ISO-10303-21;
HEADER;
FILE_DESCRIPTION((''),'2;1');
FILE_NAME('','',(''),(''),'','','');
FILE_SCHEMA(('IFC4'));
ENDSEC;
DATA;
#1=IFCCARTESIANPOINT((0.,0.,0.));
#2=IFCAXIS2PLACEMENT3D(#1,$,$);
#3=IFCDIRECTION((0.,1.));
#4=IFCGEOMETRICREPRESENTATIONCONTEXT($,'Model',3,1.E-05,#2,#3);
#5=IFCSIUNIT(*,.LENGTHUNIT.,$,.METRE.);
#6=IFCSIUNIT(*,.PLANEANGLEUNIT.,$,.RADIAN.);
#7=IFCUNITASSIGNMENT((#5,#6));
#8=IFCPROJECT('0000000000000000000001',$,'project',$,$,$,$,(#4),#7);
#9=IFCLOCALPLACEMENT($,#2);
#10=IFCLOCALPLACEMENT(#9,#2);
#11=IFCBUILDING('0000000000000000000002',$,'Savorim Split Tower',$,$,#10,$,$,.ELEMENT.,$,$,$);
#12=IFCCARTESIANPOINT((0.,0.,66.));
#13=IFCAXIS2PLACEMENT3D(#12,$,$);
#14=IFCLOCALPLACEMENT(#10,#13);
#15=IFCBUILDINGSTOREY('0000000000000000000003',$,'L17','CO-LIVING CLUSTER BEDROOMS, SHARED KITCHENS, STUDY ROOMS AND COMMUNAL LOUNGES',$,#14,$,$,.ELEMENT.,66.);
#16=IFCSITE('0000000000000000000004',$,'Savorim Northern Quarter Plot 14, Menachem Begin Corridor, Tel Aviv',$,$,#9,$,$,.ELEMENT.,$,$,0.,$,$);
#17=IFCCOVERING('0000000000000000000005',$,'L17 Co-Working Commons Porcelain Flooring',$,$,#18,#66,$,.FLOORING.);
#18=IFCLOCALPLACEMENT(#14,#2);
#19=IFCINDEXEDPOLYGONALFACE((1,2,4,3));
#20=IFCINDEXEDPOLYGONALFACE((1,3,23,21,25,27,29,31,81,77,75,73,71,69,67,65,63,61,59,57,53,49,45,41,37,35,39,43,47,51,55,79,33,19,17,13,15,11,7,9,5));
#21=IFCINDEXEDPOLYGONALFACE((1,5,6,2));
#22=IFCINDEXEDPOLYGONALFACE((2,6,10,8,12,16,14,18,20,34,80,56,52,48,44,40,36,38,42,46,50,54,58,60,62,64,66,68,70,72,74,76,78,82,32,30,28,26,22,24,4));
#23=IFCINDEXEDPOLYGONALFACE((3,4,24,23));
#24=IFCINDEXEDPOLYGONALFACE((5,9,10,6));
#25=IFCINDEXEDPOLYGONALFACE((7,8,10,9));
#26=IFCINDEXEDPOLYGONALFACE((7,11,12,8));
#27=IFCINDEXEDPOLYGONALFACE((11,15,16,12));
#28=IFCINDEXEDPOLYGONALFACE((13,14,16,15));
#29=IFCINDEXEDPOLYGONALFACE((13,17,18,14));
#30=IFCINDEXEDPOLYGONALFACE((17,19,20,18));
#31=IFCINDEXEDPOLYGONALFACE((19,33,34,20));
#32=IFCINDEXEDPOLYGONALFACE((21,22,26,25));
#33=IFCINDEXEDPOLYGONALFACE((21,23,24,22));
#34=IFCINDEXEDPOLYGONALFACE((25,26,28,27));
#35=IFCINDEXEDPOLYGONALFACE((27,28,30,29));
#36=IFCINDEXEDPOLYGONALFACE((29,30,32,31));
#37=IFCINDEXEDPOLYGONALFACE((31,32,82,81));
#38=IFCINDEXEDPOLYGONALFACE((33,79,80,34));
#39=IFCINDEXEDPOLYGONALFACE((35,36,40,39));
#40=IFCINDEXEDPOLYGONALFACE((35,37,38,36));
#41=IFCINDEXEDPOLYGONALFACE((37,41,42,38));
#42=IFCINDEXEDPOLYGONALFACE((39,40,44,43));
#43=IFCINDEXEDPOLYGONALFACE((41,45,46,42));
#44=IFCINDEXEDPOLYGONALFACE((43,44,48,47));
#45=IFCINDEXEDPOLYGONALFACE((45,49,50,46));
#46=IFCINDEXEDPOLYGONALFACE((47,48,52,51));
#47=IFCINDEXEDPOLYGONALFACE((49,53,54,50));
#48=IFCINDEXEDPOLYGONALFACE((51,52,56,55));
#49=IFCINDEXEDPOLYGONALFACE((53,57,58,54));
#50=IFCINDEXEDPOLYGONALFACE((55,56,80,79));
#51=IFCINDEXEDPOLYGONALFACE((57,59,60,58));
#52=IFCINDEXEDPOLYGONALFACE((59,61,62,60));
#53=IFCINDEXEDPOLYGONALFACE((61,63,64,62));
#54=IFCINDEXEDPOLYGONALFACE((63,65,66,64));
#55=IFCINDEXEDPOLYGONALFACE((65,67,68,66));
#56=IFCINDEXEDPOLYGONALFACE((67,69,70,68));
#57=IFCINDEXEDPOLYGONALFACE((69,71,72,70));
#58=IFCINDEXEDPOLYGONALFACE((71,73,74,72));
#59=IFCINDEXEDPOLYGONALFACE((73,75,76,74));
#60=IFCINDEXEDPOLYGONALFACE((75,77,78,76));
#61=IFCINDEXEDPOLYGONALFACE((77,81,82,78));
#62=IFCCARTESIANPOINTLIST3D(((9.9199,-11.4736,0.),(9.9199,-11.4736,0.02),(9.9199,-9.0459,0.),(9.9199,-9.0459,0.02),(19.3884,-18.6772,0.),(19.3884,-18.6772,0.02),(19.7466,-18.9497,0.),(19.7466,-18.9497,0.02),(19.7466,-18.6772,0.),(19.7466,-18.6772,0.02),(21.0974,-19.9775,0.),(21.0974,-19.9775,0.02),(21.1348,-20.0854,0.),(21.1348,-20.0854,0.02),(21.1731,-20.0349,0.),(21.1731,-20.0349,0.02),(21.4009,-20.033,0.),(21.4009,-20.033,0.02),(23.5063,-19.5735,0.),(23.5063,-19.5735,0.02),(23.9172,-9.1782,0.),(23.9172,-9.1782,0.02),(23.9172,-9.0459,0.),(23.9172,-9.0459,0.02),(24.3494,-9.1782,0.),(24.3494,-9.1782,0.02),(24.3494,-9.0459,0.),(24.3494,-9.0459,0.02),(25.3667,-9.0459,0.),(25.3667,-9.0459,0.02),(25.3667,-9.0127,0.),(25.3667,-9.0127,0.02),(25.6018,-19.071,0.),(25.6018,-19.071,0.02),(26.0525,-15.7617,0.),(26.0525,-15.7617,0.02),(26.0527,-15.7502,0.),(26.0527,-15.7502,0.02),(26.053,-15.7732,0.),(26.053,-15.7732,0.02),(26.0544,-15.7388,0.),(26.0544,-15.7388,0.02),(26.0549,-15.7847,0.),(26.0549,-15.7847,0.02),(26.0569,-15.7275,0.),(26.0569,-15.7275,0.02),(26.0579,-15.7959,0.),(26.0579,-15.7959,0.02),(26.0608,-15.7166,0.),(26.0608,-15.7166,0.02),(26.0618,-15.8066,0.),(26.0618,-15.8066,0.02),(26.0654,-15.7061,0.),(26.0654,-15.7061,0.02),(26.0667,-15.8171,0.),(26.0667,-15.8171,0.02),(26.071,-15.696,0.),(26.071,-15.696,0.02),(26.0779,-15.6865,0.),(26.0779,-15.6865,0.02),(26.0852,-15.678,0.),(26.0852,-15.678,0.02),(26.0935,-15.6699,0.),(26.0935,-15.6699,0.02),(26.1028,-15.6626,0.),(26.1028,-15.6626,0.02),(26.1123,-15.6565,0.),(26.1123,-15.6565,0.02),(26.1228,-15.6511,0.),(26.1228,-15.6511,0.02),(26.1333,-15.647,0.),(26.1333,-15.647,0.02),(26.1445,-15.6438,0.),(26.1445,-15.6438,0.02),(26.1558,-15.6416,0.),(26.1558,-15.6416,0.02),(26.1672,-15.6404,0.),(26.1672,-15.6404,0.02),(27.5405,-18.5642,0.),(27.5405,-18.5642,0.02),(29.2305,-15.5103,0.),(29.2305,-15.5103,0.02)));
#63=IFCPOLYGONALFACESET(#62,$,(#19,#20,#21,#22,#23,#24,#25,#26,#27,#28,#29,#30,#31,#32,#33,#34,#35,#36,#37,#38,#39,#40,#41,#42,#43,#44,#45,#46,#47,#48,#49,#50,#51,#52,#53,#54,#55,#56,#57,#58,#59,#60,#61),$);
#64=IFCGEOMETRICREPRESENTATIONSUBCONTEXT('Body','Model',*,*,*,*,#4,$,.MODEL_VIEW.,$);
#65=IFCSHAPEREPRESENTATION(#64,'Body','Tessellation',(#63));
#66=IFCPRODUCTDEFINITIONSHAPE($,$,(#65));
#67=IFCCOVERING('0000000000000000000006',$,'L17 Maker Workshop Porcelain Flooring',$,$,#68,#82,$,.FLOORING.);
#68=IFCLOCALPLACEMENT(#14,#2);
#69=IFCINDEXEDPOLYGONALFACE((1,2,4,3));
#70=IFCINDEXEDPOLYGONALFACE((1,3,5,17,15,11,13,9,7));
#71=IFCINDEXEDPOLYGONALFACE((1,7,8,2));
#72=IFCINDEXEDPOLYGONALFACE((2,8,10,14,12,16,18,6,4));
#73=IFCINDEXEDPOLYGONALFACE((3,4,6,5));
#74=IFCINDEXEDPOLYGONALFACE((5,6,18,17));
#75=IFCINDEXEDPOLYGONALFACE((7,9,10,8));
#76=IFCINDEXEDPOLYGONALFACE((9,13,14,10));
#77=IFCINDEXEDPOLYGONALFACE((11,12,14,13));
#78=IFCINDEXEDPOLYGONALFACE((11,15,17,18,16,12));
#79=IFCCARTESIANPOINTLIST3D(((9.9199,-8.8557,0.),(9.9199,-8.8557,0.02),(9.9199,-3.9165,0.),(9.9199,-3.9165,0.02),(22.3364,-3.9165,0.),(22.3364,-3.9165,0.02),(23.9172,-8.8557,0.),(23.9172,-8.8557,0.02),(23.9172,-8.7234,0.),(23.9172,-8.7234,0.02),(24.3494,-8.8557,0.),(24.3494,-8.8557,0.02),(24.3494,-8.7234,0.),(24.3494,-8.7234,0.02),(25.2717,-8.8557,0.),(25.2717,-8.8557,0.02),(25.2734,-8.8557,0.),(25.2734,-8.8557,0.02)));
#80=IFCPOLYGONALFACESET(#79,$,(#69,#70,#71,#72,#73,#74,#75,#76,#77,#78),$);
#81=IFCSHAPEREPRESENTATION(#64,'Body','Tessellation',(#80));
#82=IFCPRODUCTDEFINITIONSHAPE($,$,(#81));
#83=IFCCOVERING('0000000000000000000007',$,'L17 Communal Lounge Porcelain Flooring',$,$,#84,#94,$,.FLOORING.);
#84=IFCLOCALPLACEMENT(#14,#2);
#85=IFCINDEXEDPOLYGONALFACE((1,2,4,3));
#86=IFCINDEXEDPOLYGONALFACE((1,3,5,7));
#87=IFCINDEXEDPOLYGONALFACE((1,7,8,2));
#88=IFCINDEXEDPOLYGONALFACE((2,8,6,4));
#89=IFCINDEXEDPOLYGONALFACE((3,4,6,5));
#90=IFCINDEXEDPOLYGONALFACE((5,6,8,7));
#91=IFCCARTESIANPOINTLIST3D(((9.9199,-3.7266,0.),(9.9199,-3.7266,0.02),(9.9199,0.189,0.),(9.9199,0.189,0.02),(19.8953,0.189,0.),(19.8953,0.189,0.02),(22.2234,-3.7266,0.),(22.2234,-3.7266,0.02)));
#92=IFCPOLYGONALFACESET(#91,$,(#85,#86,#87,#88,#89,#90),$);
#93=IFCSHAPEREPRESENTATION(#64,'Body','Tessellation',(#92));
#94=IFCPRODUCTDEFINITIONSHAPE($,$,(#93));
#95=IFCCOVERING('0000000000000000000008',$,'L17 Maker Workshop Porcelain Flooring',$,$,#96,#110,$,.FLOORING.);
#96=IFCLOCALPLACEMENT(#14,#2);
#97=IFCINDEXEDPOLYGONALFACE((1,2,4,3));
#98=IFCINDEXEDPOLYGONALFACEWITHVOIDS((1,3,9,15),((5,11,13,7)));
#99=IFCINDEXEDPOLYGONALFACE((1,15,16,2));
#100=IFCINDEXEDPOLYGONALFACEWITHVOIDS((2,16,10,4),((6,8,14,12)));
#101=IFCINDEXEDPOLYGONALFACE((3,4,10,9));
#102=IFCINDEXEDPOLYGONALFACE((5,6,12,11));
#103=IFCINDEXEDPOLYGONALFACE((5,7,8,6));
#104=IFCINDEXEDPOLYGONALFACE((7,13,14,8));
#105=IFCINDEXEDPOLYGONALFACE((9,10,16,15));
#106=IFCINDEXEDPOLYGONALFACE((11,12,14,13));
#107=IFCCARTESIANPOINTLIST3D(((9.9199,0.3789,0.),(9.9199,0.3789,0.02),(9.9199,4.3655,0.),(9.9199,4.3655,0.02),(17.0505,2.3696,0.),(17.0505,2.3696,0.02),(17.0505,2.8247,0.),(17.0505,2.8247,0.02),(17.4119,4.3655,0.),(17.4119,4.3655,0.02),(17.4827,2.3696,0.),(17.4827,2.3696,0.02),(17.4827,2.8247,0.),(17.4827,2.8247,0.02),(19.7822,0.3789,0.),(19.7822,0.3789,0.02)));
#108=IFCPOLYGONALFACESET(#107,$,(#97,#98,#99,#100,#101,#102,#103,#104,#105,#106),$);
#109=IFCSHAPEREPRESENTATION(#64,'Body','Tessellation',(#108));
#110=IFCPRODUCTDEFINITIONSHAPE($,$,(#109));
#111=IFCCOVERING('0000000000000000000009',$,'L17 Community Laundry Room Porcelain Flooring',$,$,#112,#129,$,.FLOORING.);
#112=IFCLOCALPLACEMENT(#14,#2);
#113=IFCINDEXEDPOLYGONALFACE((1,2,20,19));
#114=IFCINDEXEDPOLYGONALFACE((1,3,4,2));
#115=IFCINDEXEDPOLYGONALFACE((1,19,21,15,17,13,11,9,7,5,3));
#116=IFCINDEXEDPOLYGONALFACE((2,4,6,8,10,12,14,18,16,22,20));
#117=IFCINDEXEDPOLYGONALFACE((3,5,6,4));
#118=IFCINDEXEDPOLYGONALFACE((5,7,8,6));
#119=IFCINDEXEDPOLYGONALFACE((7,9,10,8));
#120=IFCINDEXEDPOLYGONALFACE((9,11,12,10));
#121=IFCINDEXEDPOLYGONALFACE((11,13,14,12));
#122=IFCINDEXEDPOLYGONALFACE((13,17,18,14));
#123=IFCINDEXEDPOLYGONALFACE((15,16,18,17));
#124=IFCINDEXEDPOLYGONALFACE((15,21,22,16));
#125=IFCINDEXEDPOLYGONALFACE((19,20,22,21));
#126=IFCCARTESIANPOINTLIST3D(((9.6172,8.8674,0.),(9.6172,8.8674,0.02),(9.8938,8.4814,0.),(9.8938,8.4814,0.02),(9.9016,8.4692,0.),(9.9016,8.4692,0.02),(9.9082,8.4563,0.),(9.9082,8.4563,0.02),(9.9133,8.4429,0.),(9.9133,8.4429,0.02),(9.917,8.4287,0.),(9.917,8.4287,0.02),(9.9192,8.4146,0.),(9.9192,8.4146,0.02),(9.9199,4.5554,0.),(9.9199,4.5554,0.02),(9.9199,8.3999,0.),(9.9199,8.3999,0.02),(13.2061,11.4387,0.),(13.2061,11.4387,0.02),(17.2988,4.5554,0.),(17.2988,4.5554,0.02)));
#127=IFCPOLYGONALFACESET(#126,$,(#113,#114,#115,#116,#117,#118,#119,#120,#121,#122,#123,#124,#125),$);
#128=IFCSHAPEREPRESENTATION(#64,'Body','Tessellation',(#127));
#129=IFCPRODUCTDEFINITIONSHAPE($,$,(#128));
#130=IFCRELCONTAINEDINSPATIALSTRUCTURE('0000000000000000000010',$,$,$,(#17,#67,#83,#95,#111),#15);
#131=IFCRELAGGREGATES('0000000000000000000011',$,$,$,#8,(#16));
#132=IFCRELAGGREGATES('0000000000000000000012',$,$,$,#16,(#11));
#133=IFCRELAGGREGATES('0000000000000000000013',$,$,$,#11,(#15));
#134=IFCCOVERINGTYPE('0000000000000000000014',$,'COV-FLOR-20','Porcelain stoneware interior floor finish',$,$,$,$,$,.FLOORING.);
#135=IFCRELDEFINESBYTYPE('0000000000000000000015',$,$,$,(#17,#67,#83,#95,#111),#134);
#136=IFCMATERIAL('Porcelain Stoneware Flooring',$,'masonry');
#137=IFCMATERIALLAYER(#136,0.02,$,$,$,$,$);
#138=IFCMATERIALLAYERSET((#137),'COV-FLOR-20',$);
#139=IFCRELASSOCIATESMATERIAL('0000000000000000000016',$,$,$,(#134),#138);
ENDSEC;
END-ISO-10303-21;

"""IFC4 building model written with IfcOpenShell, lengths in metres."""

from ifc_helpers import new_model, si_unit, direction, frame, origin, place, context, subcontext, project, spatial, polyline, outline, extrude, material, layer, layer_set, type_object, element, save


model = new_model("IFC4")

# Units and contexts
model_context = context("Model", 3, precision=1e-05, world=origin(), true_north=direction((0.0, 1.0)))
body_context = subcontext(model_context, "Body", "Model", "MODEL_VIEW")
ifc_project = project(units=[si_unit("LENGTHUNIT", "METRE"), si_unit("PLANEANGLEUNIT", "RADIAN")], contexts=[model_context])

# Site, building, storey
site_placement = place(None, origin())
site = spatial("IfcSite", under=ifc_project, at=site_placement, Name="Savorim Northern Quarter Plot 14, Menachem Begin Corridor, Tel Aviv", CompositionType="ELEMENT", RefElevation=0.0)
building_placement = place(site_placement, origin())
building = spatial("IfcBuilding", under=site, at=building_placement, Name="Savorim Split Tower", CompositionType="ELEMENT")
storey_placement = place(building_placement, frame((0.0, 0.0, 66.0)))
storey = spatial("IfcBuildingStorey", under=building, at=storey_placement, Name="L17", Description="CO-LIVING CLUSTER BEDROOMS, SHARED KITCHENS, STUDY ROOMS AND COMMUNAL LOUNGES", CompositionType="ELEMENT", Elevation=66.0)

# Coverings
ifc_material_1 = material(Name="Porcelain Stoneware Flooring", Category="masonry")
ifc_layer_1 = layer(ifc_material_1, 0.02)
ifc_layer_set_1 = layer_set([ifc_layer_1], Name="COV-FLOR-20")
covering_type_1 = type_object("IfcCoveringType", Name="COV-FLOR-20", Description="Porcelain stoneware interior floor finish", PredefinedType="FLOORING", material=ifc_layer_set_1)
covering_1_placement = place(storey_placement, origin())
element("IfcCovering", 1, at=covering_1_placement, inside=storey, type_object=covering_type_1, Name="L17 Co-Working Commons Porcelain Flooring", PredefinedType="FLOORING", context=body_context, shape_type="SweptSolid", body=[
    extrude(outline(polyline([(26.1445, -15.6438), (26.1558, -15.6416), (26.1672, -15.6404), (29.2305, -15.5103), (25.3667, -9.0127), (25.3667, -9.0459), (24.3494, -9.0459), (24.3494, -9.1782), (23.9172, -9.1782), (23.9172, -9.0459), (9.9199, -9.0459), (9.9199, -11.4736), (19.3884, -18.6772), (19.7466, -18.6772), (19.7466, -18.9497), (21.0974, -19.9775), (21.1731, -20.0349), (21.1348, -20.0854), (21.4009, -20.033), (23.5063, -19.5735), (25.6018, -19.071), (27.5405, -18.5642), (26.0667, -15.8171), (26.0618, -15.8066), (26.0579, -15.7959), (26.0549, -15.7847), (26.053, -15.7732), (26.0525, -15.7617), (26.0527, -15.7502), (26.0544, -15.7388), (26.0569, -15.7275), (26.0608, -15.7166), (26.0654, -15.7061), (26.071, -15.696), (26.0779, -15.6865), (26.0852, -15.678), (26.0935, -15.6699), (26.1028, -15.6626), (26.1123, -15.6565), (26.1228, -15.6511), (26.1333, -15.647), (26.1445, -15.6438)])), origin(), (0.0, 0.0, 1.0), 0.02),
])
covering_2_placement = place(storey_placement, origin())
element("IfcCovering", 2, at=covering_2_placement, inside=storey, type_object=covering_type_1, Name="L17 Maker Workshop Porcelain Flooring", PredefinedType="FLOORING", context=body_context, shape_type="SweptSolid", body=[
    extrude(outline(polyline([(24.3494, -8.7234), (24.3494, -8.8557), (25.2717, -8.8557), (25.2734, -8.8557), (22.3364, -3.9165), (9.9199, -3.9165), (9.9199, -8.8557), (23.9172, -8.8557), (23.9172, -8.7234), (24.3494, -8.7234)])), origin(), (0.0, 0.0, 1.0), 0.02),
])
covering_3_placement = place(storey_placement, origin())
element("IfcCovering", 3, at=covering_3_placement, inside=storey, type_object=covering_type_1, Name="L17 Communal Lounge Porcelain Flooring", PredefinedType="FLOORING", context=body_context, shape_type="SweptSolid", body=[
    extrude(outline(polyline([(22.2234, -3.7266), (19.8953, 0.189), (9.9199, 0.189), (9.9199, -3.7266), (22.2234, -3.7266)])), origin(), (0.0, 0.0, 1.0), 0.02),
])
covering_4_placement = place(storey_placement, origin())
element("IfcCovering", 4, at=covering_4_placement, inside=storey, type_object=covering_type_1, Name="L17 Maker Workshop Porcelain Flooring", PredefinedType="FLOORING", context=body_context, shape_type="SweptSolid", body=[
    extrude(outline(polyline([(19.7822, 0.3789), (17.4119, 4.3655), (9.9199, 4.3655), (9.9199, 0.3789), (19.7822, 0.3789)]), holes=[polyline([(17.4827, 2.3696), (17.4827, 2.8247), (17.0505, 2.8247), (17.0505, 2.3696), (17.4827, 2.3696)])]), origin(), (0.0, 0.0, 1.0), 0.02),
])
covering_5_placement = place(storey_placement, origin())
element("IfcCovering", 5, at=covering_5_placement, inside=storey, type_object=covering_type_1, Name="L17 Community Laundry Room Porcelain Flooring", PredefinedType="FLOORING", context=body_context, shape_type="SweptSolid", body=[
    extrude(outline(polyline([(9.917, 8.4287), (9.9192, 8.4146), (9.9199, 8.3999), (9.9199, 4.5554), (17.2988, 4.5554), (13.2061, 11.4387), (9.6172, 8.8674), (9.8938, 8.4814), (9.9016, 8.4692), (9.9082, 8.4563), (9.9133, 8.4429), (9.917, 8.4287)])), origin(), (0.0, 0.0, 1.0), 0.02),
])

save(model, "model.ifc")
